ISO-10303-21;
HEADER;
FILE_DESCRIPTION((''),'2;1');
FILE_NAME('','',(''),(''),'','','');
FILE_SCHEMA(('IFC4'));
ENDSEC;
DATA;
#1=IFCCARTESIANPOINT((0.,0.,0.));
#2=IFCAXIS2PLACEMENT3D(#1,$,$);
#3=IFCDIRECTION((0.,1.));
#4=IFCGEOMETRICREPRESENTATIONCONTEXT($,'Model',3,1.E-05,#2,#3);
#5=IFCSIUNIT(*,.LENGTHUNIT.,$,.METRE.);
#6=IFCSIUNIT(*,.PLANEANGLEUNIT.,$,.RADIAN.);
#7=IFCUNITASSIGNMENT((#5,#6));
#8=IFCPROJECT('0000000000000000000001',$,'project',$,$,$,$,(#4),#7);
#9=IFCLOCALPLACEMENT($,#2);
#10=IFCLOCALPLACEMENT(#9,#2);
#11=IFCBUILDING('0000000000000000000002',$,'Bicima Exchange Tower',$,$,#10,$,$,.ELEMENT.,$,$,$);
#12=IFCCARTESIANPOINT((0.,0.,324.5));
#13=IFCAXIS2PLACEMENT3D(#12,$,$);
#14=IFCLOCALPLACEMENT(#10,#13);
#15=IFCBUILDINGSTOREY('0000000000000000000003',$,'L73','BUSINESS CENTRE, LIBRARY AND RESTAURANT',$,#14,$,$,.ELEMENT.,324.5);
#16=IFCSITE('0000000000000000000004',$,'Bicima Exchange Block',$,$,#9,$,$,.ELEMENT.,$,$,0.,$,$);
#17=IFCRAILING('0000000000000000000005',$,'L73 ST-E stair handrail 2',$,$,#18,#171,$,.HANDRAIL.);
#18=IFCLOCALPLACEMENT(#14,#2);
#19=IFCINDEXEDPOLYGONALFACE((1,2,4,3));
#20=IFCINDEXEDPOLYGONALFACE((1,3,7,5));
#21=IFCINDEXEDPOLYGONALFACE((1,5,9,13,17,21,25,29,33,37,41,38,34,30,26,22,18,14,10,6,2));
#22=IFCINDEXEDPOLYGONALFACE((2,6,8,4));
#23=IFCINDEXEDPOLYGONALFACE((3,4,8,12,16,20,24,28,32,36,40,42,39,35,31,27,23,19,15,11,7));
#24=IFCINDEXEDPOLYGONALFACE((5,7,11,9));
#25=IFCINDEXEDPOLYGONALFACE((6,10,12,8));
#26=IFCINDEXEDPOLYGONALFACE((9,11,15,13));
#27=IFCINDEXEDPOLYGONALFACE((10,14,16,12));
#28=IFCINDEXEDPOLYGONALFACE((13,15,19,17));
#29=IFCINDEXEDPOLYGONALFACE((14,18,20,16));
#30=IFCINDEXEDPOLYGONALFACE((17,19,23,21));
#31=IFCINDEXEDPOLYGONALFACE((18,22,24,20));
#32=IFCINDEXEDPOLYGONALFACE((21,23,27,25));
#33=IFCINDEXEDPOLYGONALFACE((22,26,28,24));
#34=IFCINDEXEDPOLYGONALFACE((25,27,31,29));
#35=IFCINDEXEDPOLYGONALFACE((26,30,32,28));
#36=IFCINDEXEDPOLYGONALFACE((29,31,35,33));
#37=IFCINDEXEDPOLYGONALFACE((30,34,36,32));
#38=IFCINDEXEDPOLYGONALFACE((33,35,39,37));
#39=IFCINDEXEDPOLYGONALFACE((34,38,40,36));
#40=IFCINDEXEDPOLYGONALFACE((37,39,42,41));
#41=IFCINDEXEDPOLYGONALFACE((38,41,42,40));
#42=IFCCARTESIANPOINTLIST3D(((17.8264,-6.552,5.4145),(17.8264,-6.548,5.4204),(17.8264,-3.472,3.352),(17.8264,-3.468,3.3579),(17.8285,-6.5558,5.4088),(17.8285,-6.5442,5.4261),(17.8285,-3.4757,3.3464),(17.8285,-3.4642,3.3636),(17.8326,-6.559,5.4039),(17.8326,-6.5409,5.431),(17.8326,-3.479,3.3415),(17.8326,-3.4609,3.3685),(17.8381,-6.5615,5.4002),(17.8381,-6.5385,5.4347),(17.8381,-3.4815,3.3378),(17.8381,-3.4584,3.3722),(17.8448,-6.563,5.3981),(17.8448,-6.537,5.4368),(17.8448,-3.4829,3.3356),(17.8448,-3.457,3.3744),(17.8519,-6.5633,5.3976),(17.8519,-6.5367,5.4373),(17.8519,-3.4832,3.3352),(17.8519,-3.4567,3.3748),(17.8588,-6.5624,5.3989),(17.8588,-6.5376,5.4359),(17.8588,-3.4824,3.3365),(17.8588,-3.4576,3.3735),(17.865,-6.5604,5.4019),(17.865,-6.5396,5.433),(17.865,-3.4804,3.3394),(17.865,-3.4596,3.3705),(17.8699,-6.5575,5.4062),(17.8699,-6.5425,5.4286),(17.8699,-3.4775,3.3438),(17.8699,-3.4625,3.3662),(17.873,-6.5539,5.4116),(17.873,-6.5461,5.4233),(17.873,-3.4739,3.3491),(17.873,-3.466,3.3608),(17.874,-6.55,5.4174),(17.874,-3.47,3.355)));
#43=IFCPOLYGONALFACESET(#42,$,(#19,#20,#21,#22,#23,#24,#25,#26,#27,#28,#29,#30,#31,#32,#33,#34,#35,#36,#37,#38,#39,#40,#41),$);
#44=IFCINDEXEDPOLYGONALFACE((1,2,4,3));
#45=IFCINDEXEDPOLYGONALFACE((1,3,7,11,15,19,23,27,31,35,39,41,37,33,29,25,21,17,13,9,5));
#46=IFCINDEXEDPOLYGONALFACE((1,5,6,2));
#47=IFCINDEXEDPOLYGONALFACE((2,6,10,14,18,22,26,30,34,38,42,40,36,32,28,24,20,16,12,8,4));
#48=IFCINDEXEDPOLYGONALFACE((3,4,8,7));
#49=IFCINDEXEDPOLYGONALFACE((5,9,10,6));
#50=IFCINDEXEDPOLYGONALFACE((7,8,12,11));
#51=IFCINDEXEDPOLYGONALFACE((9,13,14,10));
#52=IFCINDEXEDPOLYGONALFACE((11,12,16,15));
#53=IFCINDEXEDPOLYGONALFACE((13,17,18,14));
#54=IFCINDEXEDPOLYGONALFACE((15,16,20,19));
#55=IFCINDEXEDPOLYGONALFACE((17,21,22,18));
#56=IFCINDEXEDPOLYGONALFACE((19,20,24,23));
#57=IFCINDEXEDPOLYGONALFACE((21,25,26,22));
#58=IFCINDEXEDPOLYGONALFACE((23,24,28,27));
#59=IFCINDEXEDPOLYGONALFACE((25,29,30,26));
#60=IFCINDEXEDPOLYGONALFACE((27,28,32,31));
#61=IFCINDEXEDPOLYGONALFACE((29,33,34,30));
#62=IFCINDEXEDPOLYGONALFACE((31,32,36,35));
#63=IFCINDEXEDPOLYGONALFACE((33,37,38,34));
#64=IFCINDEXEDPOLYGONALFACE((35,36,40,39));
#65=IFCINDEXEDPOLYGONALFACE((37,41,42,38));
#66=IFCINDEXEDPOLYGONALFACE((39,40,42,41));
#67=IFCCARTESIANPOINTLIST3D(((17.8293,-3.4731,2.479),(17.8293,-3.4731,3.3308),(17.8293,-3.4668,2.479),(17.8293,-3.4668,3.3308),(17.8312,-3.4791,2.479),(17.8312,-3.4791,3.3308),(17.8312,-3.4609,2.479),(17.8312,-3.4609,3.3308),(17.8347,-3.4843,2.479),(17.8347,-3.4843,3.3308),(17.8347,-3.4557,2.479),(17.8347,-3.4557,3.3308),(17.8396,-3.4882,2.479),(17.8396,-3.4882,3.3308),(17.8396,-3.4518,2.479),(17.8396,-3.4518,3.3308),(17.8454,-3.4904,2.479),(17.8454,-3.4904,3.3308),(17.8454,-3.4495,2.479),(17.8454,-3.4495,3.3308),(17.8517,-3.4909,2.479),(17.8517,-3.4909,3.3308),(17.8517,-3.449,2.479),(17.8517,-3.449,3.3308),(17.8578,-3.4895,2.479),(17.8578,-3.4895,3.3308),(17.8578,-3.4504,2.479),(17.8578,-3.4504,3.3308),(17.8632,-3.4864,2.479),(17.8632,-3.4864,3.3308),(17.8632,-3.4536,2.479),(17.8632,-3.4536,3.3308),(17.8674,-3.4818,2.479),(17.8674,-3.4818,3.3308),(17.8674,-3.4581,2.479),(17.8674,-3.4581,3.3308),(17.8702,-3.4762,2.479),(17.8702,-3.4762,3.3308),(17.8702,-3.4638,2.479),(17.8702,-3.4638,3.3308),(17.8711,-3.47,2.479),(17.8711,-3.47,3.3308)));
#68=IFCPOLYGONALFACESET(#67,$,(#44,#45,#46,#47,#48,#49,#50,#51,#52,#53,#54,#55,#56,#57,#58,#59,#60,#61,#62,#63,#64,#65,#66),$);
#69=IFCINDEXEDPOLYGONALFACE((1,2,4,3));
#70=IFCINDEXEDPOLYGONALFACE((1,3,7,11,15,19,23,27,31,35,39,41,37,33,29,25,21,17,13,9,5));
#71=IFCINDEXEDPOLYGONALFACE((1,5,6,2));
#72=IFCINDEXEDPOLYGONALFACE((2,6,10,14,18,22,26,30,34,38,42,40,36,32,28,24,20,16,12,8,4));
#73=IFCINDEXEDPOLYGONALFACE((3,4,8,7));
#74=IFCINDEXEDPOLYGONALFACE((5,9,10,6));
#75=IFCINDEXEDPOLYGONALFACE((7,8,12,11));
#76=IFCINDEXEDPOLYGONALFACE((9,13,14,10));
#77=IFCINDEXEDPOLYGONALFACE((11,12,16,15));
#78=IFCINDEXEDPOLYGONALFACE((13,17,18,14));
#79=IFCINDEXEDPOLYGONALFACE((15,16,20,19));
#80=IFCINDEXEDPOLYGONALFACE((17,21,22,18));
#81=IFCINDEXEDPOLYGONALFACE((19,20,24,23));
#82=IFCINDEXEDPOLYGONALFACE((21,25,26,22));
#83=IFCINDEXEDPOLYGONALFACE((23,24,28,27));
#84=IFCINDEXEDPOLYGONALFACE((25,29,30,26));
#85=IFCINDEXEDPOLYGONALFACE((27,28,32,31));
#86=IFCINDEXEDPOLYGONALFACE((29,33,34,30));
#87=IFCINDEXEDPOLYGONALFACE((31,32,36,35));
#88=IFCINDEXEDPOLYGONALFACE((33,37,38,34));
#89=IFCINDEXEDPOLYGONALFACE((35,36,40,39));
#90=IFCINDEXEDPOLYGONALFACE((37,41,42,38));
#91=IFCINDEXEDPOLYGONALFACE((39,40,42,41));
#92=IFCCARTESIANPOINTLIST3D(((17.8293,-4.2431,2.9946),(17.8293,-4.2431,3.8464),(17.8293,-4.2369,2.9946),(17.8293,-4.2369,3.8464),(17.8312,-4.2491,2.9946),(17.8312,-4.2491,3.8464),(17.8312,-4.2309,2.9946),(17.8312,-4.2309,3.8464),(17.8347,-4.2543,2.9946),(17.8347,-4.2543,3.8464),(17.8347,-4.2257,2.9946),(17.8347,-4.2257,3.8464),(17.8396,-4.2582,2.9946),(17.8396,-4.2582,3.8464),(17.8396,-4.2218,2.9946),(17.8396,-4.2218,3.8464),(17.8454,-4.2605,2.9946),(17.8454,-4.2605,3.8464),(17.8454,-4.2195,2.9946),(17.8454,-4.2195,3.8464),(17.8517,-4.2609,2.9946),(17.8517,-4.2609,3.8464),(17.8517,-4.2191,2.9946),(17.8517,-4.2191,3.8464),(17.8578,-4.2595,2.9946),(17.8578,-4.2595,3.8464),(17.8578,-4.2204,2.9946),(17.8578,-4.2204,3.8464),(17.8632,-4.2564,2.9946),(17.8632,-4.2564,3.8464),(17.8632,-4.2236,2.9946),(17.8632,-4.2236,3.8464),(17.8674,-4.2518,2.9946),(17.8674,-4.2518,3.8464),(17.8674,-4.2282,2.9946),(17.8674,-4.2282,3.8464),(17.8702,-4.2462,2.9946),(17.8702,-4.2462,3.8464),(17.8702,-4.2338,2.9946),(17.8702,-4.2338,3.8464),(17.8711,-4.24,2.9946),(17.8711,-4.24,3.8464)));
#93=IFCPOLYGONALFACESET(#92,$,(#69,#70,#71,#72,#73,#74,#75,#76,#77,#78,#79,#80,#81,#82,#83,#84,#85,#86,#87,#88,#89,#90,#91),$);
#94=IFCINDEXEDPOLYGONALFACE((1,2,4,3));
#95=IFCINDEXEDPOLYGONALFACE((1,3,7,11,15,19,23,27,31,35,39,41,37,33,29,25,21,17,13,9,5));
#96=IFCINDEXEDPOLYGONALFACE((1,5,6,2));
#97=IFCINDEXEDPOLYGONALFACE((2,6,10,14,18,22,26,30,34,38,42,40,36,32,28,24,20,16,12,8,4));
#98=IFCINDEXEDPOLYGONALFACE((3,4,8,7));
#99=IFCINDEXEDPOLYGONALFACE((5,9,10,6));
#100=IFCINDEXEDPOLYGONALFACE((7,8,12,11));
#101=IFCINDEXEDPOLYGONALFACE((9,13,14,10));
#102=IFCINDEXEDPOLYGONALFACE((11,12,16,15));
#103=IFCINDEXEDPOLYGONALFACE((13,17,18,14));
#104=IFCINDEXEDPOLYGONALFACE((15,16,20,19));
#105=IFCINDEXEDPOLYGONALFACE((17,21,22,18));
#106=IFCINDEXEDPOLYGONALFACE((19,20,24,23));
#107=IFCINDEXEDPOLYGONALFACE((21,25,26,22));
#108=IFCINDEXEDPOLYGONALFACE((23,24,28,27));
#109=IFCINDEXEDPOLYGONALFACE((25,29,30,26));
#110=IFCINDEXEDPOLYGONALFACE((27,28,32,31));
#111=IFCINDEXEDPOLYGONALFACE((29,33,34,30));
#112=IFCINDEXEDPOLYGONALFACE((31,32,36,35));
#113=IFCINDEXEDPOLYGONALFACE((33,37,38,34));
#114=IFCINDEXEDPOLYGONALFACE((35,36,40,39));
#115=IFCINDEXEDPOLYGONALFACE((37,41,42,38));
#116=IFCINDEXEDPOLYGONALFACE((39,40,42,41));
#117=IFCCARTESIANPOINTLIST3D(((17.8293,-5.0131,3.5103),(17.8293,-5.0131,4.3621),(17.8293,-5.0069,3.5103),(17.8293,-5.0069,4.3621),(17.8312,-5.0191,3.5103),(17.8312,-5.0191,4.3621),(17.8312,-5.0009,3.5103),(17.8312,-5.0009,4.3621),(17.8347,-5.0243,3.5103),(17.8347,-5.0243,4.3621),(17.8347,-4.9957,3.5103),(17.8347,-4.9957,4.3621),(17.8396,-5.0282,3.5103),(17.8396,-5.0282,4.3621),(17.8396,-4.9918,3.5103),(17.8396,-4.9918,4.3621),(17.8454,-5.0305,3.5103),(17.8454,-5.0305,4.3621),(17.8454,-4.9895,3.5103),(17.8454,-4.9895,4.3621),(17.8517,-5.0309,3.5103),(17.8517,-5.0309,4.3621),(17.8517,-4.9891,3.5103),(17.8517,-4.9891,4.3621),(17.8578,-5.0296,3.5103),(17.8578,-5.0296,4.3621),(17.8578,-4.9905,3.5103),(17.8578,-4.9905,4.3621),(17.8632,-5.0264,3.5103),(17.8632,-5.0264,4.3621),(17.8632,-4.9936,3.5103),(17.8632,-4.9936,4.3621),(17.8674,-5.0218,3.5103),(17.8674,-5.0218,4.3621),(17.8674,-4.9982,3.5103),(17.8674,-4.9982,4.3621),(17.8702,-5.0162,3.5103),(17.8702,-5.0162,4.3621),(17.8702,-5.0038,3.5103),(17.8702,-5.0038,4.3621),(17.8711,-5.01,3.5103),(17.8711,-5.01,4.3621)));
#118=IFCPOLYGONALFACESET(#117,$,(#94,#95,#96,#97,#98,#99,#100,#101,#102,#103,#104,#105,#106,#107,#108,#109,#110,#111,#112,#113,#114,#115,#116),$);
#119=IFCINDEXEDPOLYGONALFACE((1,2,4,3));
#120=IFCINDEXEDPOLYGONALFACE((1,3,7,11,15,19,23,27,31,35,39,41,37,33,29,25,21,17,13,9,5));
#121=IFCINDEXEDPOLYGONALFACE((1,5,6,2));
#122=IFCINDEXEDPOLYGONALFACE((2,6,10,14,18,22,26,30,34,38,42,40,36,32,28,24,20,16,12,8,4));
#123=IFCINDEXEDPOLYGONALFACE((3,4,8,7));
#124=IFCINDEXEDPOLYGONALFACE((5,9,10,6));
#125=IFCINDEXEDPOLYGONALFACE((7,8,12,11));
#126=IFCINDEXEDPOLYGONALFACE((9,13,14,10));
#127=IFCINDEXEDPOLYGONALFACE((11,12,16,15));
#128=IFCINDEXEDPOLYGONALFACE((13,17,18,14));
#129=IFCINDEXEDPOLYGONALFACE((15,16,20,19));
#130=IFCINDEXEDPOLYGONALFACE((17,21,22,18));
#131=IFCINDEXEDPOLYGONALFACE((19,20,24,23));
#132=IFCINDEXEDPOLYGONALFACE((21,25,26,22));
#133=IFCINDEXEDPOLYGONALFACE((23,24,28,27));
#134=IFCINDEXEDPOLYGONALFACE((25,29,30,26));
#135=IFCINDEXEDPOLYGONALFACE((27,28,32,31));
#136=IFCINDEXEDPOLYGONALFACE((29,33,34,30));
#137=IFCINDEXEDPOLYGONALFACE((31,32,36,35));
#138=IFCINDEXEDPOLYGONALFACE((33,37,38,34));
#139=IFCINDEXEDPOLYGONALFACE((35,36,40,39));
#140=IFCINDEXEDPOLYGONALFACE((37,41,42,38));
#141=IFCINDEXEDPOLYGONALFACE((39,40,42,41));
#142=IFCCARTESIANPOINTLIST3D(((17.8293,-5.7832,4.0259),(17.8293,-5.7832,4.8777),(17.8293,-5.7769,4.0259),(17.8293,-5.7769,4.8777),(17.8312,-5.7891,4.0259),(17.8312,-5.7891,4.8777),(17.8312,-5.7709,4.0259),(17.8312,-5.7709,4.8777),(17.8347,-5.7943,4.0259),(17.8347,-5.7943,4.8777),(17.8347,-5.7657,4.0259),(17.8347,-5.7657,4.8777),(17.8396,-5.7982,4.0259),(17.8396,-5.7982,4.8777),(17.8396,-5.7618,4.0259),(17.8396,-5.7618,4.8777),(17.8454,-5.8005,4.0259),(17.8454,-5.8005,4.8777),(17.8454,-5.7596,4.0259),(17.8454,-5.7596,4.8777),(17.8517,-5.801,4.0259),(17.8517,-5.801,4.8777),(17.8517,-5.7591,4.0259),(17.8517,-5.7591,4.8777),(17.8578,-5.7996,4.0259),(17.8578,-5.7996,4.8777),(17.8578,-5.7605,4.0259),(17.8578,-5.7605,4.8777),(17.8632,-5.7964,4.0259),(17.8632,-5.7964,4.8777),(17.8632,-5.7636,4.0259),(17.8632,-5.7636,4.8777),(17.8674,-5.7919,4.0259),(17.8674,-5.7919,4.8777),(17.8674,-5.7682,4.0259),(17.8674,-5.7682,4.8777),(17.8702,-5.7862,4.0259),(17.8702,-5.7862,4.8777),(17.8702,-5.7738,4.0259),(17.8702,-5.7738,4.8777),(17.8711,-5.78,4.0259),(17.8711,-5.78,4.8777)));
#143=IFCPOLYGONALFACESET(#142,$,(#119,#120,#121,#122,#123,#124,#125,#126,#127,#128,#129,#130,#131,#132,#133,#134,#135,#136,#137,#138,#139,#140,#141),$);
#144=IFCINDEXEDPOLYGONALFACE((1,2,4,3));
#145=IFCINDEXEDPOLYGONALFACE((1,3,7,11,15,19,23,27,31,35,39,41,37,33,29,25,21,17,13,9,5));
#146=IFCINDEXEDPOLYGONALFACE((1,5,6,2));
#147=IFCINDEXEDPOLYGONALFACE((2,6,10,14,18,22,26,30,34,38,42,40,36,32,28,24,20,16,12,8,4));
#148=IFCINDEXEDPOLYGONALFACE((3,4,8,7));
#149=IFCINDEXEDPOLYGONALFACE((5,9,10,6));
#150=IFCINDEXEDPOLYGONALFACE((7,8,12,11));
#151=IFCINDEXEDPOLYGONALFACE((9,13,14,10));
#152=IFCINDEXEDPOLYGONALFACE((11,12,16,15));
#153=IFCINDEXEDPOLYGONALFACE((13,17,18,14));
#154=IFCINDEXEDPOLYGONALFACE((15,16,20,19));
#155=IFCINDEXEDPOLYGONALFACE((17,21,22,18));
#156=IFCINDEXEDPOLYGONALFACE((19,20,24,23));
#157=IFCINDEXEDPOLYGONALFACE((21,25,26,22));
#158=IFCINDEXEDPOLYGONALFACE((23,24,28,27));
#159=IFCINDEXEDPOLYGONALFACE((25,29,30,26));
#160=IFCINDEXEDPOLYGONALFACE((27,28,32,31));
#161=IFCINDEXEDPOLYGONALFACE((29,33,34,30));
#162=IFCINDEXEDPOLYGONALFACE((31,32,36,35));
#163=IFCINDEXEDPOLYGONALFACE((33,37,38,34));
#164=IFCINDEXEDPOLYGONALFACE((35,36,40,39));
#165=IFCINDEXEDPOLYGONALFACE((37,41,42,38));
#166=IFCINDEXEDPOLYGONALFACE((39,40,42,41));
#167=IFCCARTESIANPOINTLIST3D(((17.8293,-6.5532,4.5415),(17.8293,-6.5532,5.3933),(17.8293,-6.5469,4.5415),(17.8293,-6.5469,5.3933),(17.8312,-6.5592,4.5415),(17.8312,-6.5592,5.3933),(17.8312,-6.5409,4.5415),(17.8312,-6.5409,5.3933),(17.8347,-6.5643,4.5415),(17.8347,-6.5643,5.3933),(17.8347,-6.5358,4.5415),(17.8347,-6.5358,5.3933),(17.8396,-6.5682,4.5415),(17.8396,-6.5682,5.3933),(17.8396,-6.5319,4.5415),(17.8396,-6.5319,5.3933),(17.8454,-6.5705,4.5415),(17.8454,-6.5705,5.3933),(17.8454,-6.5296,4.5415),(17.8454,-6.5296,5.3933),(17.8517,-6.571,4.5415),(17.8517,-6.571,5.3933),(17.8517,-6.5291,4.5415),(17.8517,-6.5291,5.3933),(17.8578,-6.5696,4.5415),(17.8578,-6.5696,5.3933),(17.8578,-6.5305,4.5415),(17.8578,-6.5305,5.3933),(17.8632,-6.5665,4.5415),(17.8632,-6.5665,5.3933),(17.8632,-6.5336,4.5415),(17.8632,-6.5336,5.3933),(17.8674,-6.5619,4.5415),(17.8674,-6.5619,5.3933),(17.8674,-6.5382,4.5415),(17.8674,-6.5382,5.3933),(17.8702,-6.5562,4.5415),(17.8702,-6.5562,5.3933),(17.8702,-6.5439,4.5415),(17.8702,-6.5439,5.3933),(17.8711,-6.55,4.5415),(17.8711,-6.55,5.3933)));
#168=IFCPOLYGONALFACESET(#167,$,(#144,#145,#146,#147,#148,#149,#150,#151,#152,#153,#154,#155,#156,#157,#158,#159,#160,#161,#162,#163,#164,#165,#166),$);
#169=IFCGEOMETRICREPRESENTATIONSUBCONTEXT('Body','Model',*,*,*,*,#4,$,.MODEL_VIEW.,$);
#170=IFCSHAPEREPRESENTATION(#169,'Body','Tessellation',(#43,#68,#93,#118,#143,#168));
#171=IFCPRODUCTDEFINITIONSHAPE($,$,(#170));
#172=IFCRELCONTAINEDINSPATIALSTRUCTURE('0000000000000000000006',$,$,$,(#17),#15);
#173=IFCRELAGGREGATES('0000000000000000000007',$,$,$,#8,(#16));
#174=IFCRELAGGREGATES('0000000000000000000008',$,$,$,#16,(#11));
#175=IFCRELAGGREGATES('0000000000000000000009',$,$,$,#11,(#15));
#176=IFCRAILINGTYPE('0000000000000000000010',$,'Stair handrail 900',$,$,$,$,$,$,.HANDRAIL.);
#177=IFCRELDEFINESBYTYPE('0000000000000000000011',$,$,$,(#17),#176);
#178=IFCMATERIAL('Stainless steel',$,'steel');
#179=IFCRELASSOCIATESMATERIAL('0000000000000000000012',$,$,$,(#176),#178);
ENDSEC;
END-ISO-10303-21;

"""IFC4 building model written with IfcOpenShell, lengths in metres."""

from ifc_helpers import new_model, si_unit, direction, frame, origin, origin_2d, place, context, subcontext, project, spatial, circle, extrude, material, type_object, element, save


model = new_model("IFC4")

# Units and contexts
model_context = context("Model", 3, precision=1e-05, world=origin(), true_north=direction((0.0, 1.0)))
body_context = subcontext(model_context, "Body", "Model", "MODEL_VIEW")
ifc_project = project(units=[si_unit("LENGTHUNIT", "METRE"), si_unit("PLANEANGLEUNIT", "RADIAN")], contexts=[model_context])

# Site, building, storey
site_placement = place(None, origin())
site = spatial("IfcSite", under=ifc_project, at=site_placement, Name="Bicima Exchange Block", CompositionType="ELEMENT", RefElevation=0.0)
building_placement = place(site_placement, origin())
building = spatial("IfcBuilding", under=site, at=building_placement, Name="Bicima Exchange Tower", CompositionType="ELEMENT")
storey_placement = place(building_placement, frame((0.0, 0.0, 324.5)))
storey = spatial("IfcBuildingStorey", under=building, at=storey_placement, Name="L73", Description="BUSINESS CENTRE, LIBRARY AND RESTAURANT", CompositionType="ELEMENT", Elevation=324.5)

# Railing
ifc_material_1 = material(Name="Stainless steel", Category="steel")
railing_type_1 = type_object("IfcRailingType", Name="Stair handrail 900", PredefinedType="HANDRAIL", material=ifc_material_1)
for number, where, name in (
    (1, (17.8501, -3.47, 2.479), "L73 ST-E stair handrail 2"),
):
    element("IfcRailing", number, at=place(storey_placement, frame(where)), inside=storey, type_object=railing_type_1, Name=name, PredefinedType="HANDRAIL", context=body_context, shape_type="SweptSolid", body=[
        extrude(circle(Radius=0.0239, at=origin_2d()), frame((0.0, 0.0, 0.876), z_axis=(0.0, -0.830914, 0.556401), x_axis=(1.0, 0.0, 0.0)), (0.0, 0.0, 1.0), 3.7068),
        extrude(circle(Radius=0.021, at=origin_2d()), origin(), (0.0, 0.0, 1.0), 0.8518),
        extrude(circle(Radius=0.021, at=origin_2d()), frame((0.0, -0.77, 0.5156)), (0.0, 0.0, 1.0), 0.8518),
        extrude(circle(Radius=0.021, at=origin_2d()), frame((0.0, -1.54, 1.0312)), (0.0, 0.0, 1.0), 0.8518),
        extrude(circle(Radius=0.021, at=origin_2d()), frame((0.0, -2.3101, 1.5469)), (0.0, 0.0, 1.0), 0.8518),
        extrude(circle(Radius=0.021, at=origin_2d()), frame((0.0, -3.0801, 2.0625)), (0.0, 0.0, 1.0), 0.8518),
    ])

save(model, "model.ifc")
